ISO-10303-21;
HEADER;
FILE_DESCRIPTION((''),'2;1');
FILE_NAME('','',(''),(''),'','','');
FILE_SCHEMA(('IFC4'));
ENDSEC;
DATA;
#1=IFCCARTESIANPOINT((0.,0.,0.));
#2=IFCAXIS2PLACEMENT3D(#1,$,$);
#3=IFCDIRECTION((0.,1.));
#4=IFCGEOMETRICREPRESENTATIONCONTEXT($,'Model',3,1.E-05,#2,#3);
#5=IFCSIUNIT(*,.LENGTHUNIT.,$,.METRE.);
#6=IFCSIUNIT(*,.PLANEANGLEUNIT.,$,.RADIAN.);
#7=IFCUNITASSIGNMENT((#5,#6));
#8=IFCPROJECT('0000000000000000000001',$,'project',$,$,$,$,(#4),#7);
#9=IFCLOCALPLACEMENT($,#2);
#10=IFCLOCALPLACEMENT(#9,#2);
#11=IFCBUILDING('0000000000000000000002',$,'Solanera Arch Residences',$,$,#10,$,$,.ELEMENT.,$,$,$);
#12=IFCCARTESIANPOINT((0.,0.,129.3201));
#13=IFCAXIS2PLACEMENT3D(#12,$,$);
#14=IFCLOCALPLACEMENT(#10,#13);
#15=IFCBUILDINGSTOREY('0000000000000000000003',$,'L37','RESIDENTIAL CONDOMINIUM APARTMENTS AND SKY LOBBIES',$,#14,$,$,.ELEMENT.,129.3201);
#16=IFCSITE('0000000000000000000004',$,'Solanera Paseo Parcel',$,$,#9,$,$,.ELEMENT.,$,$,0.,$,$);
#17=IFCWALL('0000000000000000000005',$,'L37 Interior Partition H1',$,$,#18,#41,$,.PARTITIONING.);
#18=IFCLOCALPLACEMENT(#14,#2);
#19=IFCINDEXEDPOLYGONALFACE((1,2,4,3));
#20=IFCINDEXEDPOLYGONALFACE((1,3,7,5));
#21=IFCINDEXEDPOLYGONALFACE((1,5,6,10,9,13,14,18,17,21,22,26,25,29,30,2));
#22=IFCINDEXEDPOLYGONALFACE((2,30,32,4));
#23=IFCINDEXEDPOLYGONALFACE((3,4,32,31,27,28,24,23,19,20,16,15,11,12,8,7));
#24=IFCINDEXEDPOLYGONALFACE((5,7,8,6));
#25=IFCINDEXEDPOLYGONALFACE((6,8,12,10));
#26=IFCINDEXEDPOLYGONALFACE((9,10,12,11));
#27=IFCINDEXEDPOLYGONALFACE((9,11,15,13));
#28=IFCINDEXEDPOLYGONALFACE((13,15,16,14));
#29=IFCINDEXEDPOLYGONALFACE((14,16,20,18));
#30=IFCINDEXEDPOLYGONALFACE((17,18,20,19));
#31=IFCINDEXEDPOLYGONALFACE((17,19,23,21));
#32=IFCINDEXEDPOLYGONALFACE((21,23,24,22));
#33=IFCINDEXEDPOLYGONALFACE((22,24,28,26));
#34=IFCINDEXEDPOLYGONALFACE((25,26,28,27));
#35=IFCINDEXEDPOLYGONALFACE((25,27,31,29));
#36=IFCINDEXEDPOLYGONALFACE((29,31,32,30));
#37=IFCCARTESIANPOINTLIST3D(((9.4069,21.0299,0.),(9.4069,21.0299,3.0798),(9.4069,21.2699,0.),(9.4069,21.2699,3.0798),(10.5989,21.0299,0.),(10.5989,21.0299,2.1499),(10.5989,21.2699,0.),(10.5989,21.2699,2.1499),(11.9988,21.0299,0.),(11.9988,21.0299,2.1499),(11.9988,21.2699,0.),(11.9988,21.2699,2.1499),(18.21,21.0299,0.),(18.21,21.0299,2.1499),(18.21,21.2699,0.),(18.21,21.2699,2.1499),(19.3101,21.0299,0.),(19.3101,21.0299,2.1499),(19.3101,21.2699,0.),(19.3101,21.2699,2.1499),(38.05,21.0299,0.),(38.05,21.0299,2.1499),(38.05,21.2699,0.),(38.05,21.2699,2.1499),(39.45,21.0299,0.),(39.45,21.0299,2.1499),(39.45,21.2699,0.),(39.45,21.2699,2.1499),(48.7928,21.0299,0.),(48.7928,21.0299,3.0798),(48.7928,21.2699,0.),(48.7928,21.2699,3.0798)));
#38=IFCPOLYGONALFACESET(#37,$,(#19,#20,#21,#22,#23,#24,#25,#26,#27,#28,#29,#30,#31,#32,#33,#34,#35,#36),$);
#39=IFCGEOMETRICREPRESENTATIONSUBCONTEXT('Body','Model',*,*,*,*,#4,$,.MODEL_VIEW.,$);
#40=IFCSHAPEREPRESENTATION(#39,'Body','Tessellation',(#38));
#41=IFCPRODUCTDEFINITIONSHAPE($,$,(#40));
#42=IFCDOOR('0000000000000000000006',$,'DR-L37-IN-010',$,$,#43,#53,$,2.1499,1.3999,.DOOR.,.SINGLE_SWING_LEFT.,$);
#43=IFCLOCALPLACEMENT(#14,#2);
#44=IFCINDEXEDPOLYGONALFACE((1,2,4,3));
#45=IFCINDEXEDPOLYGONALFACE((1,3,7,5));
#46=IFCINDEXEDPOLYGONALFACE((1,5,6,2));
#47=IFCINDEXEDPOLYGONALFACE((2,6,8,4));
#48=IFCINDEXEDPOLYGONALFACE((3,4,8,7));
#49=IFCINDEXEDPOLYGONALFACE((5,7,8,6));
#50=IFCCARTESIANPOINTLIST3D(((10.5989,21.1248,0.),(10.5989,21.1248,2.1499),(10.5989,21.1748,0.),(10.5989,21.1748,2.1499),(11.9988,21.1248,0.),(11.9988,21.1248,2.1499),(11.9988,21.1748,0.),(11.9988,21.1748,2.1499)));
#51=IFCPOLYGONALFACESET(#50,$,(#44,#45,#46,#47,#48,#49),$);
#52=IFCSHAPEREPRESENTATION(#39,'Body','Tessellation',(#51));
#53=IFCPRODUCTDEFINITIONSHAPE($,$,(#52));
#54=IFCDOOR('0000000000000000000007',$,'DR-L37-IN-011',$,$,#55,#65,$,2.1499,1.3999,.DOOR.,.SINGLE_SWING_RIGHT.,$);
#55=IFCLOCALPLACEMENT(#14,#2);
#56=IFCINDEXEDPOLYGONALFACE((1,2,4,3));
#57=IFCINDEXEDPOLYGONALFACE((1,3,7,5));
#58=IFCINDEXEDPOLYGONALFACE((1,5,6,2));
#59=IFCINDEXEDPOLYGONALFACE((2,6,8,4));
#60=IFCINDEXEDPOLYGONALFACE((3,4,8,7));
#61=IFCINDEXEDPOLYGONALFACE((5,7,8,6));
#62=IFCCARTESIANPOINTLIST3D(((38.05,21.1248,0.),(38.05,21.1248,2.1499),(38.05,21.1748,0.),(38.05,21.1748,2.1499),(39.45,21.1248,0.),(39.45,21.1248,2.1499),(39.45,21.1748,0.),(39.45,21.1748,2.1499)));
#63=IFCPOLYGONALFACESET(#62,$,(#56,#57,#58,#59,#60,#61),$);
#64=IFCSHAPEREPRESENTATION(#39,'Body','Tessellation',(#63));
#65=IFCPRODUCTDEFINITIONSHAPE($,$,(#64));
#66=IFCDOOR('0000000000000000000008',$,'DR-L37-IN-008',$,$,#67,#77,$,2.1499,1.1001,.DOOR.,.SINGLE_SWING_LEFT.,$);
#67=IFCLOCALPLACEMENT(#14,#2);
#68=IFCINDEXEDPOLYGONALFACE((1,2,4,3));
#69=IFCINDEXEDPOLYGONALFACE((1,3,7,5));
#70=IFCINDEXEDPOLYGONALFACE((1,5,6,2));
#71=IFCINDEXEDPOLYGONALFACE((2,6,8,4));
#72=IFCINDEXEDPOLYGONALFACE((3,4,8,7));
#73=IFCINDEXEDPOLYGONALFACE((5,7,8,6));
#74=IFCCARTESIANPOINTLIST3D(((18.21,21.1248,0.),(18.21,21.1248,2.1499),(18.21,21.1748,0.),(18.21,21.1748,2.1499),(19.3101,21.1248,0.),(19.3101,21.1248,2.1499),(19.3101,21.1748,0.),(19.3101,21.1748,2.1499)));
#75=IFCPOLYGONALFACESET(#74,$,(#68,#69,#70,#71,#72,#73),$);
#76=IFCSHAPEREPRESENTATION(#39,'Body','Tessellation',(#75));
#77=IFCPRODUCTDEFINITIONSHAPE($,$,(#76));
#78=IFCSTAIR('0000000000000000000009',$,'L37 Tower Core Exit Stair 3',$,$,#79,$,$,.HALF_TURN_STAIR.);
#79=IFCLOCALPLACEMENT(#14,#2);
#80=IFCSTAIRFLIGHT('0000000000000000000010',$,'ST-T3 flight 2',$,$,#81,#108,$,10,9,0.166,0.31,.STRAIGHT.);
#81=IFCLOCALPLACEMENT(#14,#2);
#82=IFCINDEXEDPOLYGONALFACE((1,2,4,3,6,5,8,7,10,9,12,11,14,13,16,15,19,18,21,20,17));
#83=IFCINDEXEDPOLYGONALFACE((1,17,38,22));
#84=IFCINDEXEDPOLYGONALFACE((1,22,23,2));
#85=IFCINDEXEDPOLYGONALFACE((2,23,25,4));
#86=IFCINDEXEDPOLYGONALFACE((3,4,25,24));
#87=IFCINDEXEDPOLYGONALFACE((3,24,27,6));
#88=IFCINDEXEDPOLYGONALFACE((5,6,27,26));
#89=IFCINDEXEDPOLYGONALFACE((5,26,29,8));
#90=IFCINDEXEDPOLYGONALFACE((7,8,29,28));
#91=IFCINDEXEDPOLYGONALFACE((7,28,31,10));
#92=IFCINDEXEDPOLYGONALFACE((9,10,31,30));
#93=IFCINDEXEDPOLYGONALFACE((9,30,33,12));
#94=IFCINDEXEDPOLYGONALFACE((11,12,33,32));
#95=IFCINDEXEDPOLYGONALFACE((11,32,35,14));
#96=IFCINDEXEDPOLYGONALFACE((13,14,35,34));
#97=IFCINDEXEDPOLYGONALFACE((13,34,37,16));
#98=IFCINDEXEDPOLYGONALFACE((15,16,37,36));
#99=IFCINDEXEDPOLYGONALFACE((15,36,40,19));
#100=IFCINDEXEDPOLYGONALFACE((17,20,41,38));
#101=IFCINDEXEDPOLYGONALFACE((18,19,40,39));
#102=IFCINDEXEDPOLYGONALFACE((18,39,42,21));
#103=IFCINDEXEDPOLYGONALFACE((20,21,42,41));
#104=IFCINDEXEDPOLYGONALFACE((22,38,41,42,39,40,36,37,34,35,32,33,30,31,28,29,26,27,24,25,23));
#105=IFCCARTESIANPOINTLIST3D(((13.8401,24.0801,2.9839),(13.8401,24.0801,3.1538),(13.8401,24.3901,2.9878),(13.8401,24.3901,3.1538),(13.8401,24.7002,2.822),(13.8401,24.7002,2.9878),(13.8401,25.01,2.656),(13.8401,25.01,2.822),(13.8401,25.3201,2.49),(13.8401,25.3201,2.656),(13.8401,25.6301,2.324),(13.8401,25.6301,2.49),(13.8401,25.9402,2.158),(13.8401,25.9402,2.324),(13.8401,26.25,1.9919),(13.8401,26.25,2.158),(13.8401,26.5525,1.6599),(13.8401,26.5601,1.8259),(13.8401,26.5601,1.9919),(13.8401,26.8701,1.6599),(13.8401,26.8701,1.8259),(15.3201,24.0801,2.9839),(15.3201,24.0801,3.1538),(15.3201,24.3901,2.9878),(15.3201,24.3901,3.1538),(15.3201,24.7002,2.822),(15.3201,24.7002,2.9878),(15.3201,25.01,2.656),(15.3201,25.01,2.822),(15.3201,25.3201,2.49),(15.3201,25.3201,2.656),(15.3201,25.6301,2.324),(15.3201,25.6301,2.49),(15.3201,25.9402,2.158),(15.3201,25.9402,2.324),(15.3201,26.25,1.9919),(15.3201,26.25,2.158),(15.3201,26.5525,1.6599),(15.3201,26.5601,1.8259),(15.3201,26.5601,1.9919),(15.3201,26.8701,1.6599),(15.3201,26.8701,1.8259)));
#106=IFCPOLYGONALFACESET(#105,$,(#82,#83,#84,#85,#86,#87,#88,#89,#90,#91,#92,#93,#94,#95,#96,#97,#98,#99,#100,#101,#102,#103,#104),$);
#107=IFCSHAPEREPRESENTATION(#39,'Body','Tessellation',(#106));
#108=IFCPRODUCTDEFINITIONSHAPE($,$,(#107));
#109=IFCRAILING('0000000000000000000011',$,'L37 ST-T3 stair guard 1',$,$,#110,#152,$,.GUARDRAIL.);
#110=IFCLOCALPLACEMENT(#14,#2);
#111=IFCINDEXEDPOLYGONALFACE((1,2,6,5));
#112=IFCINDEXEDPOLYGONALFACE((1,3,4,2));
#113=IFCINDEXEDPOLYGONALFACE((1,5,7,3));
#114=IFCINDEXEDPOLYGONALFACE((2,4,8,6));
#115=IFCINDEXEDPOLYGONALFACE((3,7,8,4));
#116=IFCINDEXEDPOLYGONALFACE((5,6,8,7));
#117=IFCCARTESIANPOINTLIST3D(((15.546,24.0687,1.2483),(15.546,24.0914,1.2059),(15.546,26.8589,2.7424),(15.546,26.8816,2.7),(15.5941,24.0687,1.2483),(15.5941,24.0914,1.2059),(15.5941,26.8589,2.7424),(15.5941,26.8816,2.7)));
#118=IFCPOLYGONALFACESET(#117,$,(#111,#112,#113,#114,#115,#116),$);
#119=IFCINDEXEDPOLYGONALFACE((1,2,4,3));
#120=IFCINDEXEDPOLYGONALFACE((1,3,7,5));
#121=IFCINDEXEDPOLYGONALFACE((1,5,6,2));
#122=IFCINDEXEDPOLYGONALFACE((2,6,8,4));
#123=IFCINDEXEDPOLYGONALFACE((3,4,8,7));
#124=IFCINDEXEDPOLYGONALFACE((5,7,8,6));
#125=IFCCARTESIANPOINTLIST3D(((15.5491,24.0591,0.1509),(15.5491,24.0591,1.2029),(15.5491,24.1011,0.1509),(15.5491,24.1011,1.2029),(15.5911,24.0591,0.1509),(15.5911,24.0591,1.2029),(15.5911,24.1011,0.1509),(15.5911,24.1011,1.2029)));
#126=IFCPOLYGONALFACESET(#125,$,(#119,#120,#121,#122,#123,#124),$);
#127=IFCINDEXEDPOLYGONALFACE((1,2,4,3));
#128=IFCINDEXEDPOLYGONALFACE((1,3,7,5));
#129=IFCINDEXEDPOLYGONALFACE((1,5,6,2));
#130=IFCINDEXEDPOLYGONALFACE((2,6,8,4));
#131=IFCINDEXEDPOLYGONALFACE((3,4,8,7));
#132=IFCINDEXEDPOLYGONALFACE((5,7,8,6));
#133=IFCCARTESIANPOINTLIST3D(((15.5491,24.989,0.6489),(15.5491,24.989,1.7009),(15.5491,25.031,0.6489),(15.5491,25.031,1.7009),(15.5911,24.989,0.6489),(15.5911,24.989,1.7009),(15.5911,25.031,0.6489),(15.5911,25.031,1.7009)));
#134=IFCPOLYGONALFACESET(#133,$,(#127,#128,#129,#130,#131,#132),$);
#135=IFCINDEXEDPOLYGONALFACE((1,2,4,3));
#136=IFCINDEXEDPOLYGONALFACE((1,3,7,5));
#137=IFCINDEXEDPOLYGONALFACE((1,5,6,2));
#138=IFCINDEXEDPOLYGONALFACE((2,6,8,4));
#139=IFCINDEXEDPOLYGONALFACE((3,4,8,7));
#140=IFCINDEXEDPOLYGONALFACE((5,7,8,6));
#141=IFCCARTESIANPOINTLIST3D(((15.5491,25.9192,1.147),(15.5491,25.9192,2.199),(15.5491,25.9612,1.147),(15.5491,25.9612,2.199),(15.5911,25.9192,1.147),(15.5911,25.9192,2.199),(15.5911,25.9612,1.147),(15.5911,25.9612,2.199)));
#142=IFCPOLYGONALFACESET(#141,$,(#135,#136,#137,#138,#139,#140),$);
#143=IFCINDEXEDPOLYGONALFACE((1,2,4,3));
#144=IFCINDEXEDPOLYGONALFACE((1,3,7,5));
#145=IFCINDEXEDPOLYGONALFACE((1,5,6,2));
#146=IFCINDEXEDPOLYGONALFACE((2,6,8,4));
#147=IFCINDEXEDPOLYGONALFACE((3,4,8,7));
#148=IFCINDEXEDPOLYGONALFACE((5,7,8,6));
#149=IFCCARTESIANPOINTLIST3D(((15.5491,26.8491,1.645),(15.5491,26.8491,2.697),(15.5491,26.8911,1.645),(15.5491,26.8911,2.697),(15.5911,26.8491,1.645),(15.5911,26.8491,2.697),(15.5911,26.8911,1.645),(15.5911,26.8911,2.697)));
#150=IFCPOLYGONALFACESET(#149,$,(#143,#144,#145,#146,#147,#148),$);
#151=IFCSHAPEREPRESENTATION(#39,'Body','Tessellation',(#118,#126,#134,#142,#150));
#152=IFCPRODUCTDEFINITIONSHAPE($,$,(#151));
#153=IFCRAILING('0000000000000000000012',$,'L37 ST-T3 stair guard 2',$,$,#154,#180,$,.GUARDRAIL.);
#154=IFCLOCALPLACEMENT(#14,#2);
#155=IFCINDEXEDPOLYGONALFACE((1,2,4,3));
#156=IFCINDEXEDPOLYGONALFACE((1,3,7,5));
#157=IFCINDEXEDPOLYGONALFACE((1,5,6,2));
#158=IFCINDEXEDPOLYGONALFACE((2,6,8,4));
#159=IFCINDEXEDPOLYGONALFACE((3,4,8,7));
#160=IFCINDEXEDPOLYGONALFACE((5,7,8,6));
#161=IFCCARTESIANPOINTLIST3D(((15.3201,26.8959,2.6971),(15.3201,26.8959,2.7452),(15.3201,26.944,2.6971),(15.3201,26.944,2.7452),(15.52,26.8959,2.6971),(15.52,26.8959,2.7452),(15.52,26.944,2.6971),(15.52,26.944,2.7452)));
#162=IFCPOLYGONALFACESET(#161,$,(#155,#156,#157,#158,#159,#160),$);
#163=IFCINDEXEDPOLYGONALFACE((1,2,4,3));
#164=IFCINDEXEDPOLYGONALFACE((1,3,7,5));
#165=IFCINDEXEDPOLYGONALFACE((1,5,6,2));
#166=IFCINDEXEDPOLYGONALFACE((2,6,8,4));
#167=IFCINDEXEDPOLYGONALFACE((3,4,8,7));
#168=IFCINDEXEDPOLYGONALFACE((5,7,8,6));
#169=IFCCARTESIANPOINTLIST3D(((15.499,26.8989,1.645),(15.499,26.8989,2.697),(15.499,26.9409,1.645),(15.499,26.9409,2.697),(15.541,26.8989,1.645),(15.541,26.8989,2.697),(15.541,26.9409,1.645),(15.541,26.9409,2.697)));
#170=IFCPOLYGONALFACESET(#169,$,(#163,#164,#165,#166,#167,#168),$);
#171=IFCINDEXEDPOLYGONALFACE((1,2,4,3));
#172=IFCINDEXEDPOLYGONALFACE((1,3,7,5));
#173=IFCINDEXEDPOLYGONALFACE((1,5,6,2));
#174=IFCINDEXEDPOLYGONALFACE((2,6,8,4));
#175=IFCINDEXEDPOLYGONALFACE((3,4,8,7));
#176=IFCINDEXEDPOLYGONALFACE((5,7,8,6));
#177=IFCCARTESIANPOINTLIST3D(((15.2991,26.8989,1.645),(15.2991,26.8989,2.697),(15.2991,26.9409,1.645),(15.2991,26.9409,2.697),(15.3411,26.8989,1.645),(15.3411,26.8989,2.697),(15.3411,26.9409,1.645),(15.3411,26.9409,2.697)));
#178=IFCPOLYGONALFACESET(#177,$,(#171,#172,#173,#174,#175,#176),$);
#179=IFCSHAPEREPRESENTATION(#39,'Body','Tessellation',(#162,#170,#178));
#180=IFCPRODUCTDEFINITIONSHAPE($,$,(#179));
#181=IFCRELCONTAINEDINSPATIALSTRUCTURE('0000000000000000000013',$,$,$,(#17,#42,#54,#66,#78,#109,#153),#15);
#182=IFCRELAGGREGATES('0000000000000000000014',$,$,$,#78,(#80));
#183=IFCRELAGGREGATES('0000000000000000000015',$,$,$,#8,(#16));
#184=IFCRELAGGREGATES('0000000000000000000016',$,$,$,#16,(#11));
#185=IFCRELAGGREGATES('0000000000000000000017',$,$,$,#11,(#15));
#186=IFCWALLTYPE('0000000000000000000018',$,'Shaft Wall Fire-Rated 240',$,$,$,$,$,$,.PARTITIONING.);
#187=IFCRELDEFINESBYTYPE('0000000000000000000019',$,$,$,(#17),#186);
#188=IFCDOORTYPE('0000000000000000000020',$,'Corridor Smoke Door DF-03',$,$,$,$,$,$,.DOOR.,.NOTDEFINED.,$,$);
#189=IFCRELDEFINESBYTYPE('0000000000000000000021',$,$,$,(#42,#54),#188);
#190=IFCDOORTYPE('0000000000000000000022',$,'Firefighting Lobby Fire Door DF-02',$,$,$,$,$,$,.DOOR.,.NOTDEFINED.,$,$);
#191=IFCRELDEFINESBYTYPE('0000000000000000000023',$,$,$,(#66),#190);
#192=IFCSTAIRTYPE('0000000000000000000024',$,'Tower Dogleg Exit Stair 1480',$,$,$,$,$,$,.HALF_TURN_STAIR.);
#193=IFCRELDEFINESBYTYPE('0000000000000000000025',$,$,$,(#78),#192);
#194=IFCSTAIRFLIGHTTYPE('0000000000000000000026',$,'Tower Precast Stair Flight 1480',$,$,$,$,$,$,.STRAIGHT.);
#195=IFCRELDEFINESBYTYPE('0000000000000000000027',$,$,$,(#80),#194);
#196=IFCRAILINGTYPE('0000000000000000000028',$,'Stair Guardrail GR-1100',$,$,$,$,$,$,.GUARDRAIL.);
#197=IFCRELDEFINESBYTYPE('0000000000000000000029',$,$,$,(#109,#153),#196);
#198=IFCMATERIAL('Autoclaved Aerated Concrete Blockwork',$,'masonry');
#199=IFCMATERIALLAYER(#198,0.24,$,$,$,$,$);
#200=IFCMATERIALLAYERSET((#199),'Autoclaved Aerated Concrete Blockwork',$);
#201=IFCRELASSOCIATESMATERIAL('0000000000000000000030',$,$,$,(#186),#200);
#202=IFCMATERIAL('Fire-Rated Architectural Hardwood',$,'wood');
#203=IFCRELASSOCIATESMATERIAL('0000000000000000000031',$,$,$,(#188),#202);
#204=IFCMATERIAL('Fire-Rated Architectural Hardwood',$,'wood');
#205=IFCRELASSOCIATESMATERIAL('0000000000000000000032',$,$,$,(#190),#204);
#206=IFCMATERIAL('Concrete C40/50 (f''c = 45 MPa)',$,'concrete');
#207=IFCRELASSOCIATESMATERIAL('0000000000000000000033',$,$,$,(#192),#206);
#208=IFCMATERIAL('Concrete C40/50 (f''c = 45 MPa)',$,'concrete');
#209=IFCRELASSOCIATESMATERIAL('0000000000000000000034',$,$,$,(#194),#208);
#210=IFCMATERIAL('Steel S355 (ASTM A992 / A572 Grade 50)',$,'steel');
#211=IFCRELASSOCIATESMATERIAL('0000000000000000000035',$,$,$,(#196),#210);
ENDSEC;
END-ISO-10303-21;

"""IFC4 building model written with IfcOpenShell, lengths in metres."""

from ifc_helpers import new_model, si_unit, direction, frame, frame_2d, origin, origin_2d, place, context, subcontext, project, spatial, polyline, rectangle, outline, extrude, material, layer, layer_set, type_object, element, fill, aggregate, save


model = new_model("IFC4")

# Units and contexts
model_context = context("Model", 3, precision=1e-05, world=origin(), true_north=direction((0.0, 1.0)))
body_context = subcontext(model_context, "Body", "Model", "MODEL_VIEW")
ifc_project = project(units=[si_unit("LENGTHUNIT", "METRE"), si_unit("PLANEANGLEUNIT", "RADIAN")], contexts=[model_context])

# Site, building, storey
site_placement = place(None, origin())
site = spatial("IfcSite", under=ifc_project, at=site_placement, Name="Solanera Paseo Parcel", CompositionType="ELEMENT", RefElevation=0.0)
building_placement = place(site_placement, origin())
building = spatial("IfcBuilding", under=site, at=building_placement, Name="Solanera Arch Residences", CompositionType="ELEMENT")
storey_placement = place(building_placement, frame((0.0, 0.0, 129.3201)))
storey = spatial("IfcBuildingStorey", under=building, at=storey_placement, Name="L37", Description="RESIDENTIAL CONDOMINIUM APARTMENTS AND SKY LOBBIES", CompositionType="ELEMENT", Elevation=129.3201)

# Wall, openings, doors
ifc_material_1 = material(Name="Autoclaved Aerated Concrete Blockwork", Category="masonry")
ifc_layer_1 = layer(ifc_material_1, 0.24)
ifc_layer_set_1 = layer_set([ifc_layer_1], Name="Autoclaved Aerated Concrete Blockwork")
wall_type_1 = type_object("IfcWallType", Name="Shaft Wall Fire-Rated 240", PredefinedType="PARTITIONING", material=ifc_layer_set_1)
wall_1_placement = place(storey_placement, frame((9.407, 21.1499, 0.0), z_axis=(0.0, 0.0, 1.0), x_axis=(1.0, 0.0, 0.0)))
wall_1 = element("IfcWall", 1, at=wall_1_placement, inside=storey, type_object=wall_type_1, Name="L37 Interior Partition H1", PredefinedType="PARTITIONING", context=body_context, shape_type="SweptSolid", body=[
    extrude(rectangle(XDim=39.386, YDim=0.24, at=frame_2d((19.6929, 0.0))), origin(), (0.0, 0.0, 1.0), 3.0798),
])
opening_1_placement = place(wall_1_placement, frame((8.803, 0.0, 0.0)))
opening_1 = element("IfcOpeningElement", 2, at=opening_1_placement, cuts=wall_1, PredefinedType="OPENING", context=body_context, shape_type="SweptSolid", body=[
    extrude(rectangle(XDim=1.1001, YDim=2.1499, at=frame_2d((0.55, 1.075))), frame((0.0, 0.1299, 0.0), z_axis=(0.0, -1.0, 0.0), x_axis=(1.0, 0.0, 0.0)), (0.0, 0.0, 1.0), 0.26),
])
opening_2_placement = place(wall_1_placement, frame((1.1919, 0.0, 0.0)))
opening_2 = element("IfcOpeningElement", 3, at=opening_2_placement, cuts=wall_1, PredefinedType="OPENING", context=body_context, shape_type="SweptSolid", body=[
    extrude(rectangle(XDim=1.3999, YDim=2.1499, at=frame_2d((0.7, 1.075))), frame((0.0, 0.1299, 0.0), z_axis=(0.0, -1.0, 0.0), x_axis=(1.0, 0.0, 0.0)), (0.0, 0.0, 1.0), 0.26),
])
opening_3_placement = place(wall_1_placement, frame((28.6431, 0.0, 0.0)))
opening_3 = element("IfcOpeningElement", 4, at=opening_3_placement, cuts=wall_1, PredefinedType="OPENING", context=body_context, shape_type="SweptSolid", body=[
    extrude(rectangle(XDim=1.3999, YDim=2.1499, at=frame_2d((0.7, 1.075))), frame((0.0, 0.1299, 0.0), z_axis=(0.0, -1.0, 0.0), x_axis=(1.0, 0.0, 0.0)), (0.0, 0.0, 1.0), 0.26),
])
ifc_material_2 = material(Name="Fire-Rated Architectural Hardwood", Category="wood")
door_type_1 = type_object("IfcDoorType", Name="Corridor Smoke Door DF-03", OperationType="NOTDEFINED", PredefinedType="DOOR", material=ifc_material_2)
door_1_placement = place(opening_2_placement, origin())
door_1 = element("IfcDoor", 5, at=door_1_placement, inside=storey, type_object=door_type_1, Name="DR-L37-IN-010", OperationType="SINGLE_SWING_LEFT", OverallHeight=2.1499, OverallWidth=1.3999, PredefinedType="DOOR", context=body_context, shape_type="SweptSolid", body=[
    extrude(rectangle(XDim=1.3999, YDim=2.1499, at=frame_2d((0.7, 1.075))), frame((0.0, 0.0249, 0.0), z_axis=(0.0, -1.0, 0.0), x_axis=(1.0, 0.0, 0.0)), (0.0, 0.0, 1.0), 0.05),
])
fill(opening_2, door_1)
door_2_placement = place(opening_3_placement, origin())
door_2 = element("IfcDoor", 6, at=door_2_placement, inside=storey, type_object=door_type_1, Name="DR-L37-IN-011", OperationType="SINGLE_SWING_RIGHT", OverallHeight=2.1499, OverallWidth=1.3999, PredefinedType="DOOR", context=body_context, shape_type="SweptSolid", body=[
    extrude(rectangle(XDim=1.3999, YDim=2.1499, at=frame_2d((0.7, 1.075))), frame((0.0, 0.0249, 0.0), z_axis=(0.0, -1.0, 0.0), x_axis=(1.0, 0.0, 0.0)), (0.0, 0.0, 1.0), 0.05),
])
fill(opening_3, door_2)
ifc_material_3 = material(Name="Fire-Rated Architectural Hardwood", Category="wood")
door_type_2 = type_object("IfcDoorType", Name="Firefighting Lobby Fire Door DF-02", OperationType="NOTDEFINED", PredefinedType="DOOR", material=ifc_material_3)
door_3_placement = place(opening_1_placement, origin())
door_3 = element("IfcDoor", 7, at=door_3_placement, inside=storey, type_object=door_type_2, Name="DR-L37-IN-008", OperationType="SINGLE_SWING_LEFT", OverallHeight=2.1499, OverallWidth=1.1001, PredefinedType="DOOR", context=body_context, shape_type="SweptSolid", body=[
    extrude(rectangle(XDim=1.1001, YDim=2.1499, at=frame_2d((0.55, 1.075))), frame((0.0, 0.0249, 0.0), z_axis=(0.0, -1.0, 0.0), x_axis=(1.0, 0.0, 0.0)), (0.0, 0.0, 1.0), 0.05),
])
fill(opening_1, door_3)

# Stair, stair flight
ifc_material_4 = material(Name="Concrete C40/50 (f'c = 45 MPa)", Category="concrete")
stair_type = type_object("IfcStairType", Name="Tower Dogleg Exit Stair 1480", PredefinedType="HALF_TURN_STAIR", material=ifc_material_4)
stair_placement = place(storey_placement, origin())
stair = element("IfcStair", 8, at=stair_placement, inside=storey, type_object=stair_type, Name="L37 Tower Core Exit Stair 3", PredefinedType="HALF_TURN_STAIR")
ifc_material_5 = material(Name="Concrete C40/50 (f'c = 45 MPa)", Category="concrete")
stair_flight_type = type_object("IfcStairFlightType", Name="Tower Precast Stair Flight 1480", PredefinedType="STRAIGHT", material=ifc_material_5)
stair_flight_placement = place(storey_placement, frame((14.5801, 26.8701, 1.6599), z_axis=(0.0, 0.0, 1.0), x_axis=(0.0, -1.0, 0.0)))
stair_flight = element("IfcStairFlight", 9, at=stair_flight_placement, type_object=stair_flight_type, Name="ST-T3 flight 2", NumberOfRisers=10, NumberOfTreads=9, PredefinedType="STRAIGHT", RiserHeight=0.166, TreadLength=0.31, context=body_context, shape_type="SweptSolid", body=[
    extrude(outline(polyline([(0.0, 0.0), (0.0, 0.166), (0.3101, 0.166), (0.3101, 0.332), (0.6201, 0.332), (0.6201, 0.498), (0.9299, 0.498), (0.9299, 0.6641), (1.24, 0.6641), (1.24, 0.8301), (1.55, 0.8301), (1.55, 0.9961), (1.8601, 0.9961), (1.8601, 1.1621), (2.1699, 1.1621), (2.1699, 1.3279), (2.48, 1.3279), (2.48, 1.4939), (2.79, 1.4939), (2.79, 1.6599), (2.79, 1.324), (0.3176, 0.0), (0.0, 0.0)])), frame((0.0, 0.74, 0.0), z_axis=(0.0, -1.0, 0.0), x_axis=(1.0, 0.0, 0.0)), (0.0, 0.0, 1.0), 1.48),
])
aggregate(stair, [stair_flight])

# Railings
ifc_material_6 = material(Name="Steel S355 (ASTM A992 / A572 Grade 50)", Category="steel")
railing_type_1 = type_object("IfcRailingType", Name="Stair Guardrail GR-1100", PredefinedType="GUARDRAIL", material=ifc_material_6)
railing_1_placement = place(storey_placement, frame((15.5701, 24.0801, 0.1509)))
element("IfcRailing", 10, at=railing_1_placement, inside=storey, type_object=railing_type_1, Name="L37 ST-T3 stair guard 1", PredefinedType="GUARDRAIL", context=body_context, shape_type="SweptSolid", body=[
    extrude(rectangle(XDim=0.0481, YDim=0.0481, at=origin_2d()), frame((0.0, 0.0, 1.0762), z_axis=(0.0, 0.881549, 0.472093), x_axis=(-1.0, 0.0, 0.0)), (0.0, 0.0, 1.0), 3.165),
    extrude(rectangle(XDim=0.042, YDim=0.042, at=origin_2d()), origin(), (0.0, 0.0, 1.0), 1.052),
    extrude(rectangle(XDim=0.042, YDim=0.042, at=origin_2d()), frame((0.0, 0.9299, 0.498)), (0.0, 0.0, 1.0), 1.052),
    extrude(rectangle(XDim=0.042, YDim=0.042, at=origin_2d()), frame((0.0, 1.8601, 0.9961)), (0.0, 0.0, 1.0), 1.052),
    extrude(rectangle(XDim=0.042, YDim=0.042, at=origin_2d()), frame((0.0, 2.79, 1.4941)), (0.0, 0.0, 1.0), 1.052),
])
railing_2_placement = place(storey_placement, frame((15.52, 26.9199, 1.645)))
element("IfcRailing", 11, at=railing_2_placement, inside=storey, type_object=railing_type_1, Name="L37 ST-T3 stair guard 2", PredefinedType="GUARDRAIL", context=body_context, shape_type="SweptSolid", body=[
    extrude(rectangle(XDim=0.0481, YDim=0.0481, at=origin_2d()), frame((0.0, 0.0, 1.0762), z_axis=(-1.0, 0.0, 0.0), x_axis=(0.0, -1.0, 0.0)), (0.0, 0.0, 1.0), 0.2),
    extrude(rectangle(XDim=0.042, YDim=0.042, at=origin_2d()), origin(), (0.0, 0.0, 1.0), 1.052),
    extrude(rectangle(XDim=0.042, YDim=0.042, at=origin_2d()), frame((-0.2, 0.0, 0.0)), (0.0, 0.0, 1.0), 1.052),
])

save(model, "model.ifc")
